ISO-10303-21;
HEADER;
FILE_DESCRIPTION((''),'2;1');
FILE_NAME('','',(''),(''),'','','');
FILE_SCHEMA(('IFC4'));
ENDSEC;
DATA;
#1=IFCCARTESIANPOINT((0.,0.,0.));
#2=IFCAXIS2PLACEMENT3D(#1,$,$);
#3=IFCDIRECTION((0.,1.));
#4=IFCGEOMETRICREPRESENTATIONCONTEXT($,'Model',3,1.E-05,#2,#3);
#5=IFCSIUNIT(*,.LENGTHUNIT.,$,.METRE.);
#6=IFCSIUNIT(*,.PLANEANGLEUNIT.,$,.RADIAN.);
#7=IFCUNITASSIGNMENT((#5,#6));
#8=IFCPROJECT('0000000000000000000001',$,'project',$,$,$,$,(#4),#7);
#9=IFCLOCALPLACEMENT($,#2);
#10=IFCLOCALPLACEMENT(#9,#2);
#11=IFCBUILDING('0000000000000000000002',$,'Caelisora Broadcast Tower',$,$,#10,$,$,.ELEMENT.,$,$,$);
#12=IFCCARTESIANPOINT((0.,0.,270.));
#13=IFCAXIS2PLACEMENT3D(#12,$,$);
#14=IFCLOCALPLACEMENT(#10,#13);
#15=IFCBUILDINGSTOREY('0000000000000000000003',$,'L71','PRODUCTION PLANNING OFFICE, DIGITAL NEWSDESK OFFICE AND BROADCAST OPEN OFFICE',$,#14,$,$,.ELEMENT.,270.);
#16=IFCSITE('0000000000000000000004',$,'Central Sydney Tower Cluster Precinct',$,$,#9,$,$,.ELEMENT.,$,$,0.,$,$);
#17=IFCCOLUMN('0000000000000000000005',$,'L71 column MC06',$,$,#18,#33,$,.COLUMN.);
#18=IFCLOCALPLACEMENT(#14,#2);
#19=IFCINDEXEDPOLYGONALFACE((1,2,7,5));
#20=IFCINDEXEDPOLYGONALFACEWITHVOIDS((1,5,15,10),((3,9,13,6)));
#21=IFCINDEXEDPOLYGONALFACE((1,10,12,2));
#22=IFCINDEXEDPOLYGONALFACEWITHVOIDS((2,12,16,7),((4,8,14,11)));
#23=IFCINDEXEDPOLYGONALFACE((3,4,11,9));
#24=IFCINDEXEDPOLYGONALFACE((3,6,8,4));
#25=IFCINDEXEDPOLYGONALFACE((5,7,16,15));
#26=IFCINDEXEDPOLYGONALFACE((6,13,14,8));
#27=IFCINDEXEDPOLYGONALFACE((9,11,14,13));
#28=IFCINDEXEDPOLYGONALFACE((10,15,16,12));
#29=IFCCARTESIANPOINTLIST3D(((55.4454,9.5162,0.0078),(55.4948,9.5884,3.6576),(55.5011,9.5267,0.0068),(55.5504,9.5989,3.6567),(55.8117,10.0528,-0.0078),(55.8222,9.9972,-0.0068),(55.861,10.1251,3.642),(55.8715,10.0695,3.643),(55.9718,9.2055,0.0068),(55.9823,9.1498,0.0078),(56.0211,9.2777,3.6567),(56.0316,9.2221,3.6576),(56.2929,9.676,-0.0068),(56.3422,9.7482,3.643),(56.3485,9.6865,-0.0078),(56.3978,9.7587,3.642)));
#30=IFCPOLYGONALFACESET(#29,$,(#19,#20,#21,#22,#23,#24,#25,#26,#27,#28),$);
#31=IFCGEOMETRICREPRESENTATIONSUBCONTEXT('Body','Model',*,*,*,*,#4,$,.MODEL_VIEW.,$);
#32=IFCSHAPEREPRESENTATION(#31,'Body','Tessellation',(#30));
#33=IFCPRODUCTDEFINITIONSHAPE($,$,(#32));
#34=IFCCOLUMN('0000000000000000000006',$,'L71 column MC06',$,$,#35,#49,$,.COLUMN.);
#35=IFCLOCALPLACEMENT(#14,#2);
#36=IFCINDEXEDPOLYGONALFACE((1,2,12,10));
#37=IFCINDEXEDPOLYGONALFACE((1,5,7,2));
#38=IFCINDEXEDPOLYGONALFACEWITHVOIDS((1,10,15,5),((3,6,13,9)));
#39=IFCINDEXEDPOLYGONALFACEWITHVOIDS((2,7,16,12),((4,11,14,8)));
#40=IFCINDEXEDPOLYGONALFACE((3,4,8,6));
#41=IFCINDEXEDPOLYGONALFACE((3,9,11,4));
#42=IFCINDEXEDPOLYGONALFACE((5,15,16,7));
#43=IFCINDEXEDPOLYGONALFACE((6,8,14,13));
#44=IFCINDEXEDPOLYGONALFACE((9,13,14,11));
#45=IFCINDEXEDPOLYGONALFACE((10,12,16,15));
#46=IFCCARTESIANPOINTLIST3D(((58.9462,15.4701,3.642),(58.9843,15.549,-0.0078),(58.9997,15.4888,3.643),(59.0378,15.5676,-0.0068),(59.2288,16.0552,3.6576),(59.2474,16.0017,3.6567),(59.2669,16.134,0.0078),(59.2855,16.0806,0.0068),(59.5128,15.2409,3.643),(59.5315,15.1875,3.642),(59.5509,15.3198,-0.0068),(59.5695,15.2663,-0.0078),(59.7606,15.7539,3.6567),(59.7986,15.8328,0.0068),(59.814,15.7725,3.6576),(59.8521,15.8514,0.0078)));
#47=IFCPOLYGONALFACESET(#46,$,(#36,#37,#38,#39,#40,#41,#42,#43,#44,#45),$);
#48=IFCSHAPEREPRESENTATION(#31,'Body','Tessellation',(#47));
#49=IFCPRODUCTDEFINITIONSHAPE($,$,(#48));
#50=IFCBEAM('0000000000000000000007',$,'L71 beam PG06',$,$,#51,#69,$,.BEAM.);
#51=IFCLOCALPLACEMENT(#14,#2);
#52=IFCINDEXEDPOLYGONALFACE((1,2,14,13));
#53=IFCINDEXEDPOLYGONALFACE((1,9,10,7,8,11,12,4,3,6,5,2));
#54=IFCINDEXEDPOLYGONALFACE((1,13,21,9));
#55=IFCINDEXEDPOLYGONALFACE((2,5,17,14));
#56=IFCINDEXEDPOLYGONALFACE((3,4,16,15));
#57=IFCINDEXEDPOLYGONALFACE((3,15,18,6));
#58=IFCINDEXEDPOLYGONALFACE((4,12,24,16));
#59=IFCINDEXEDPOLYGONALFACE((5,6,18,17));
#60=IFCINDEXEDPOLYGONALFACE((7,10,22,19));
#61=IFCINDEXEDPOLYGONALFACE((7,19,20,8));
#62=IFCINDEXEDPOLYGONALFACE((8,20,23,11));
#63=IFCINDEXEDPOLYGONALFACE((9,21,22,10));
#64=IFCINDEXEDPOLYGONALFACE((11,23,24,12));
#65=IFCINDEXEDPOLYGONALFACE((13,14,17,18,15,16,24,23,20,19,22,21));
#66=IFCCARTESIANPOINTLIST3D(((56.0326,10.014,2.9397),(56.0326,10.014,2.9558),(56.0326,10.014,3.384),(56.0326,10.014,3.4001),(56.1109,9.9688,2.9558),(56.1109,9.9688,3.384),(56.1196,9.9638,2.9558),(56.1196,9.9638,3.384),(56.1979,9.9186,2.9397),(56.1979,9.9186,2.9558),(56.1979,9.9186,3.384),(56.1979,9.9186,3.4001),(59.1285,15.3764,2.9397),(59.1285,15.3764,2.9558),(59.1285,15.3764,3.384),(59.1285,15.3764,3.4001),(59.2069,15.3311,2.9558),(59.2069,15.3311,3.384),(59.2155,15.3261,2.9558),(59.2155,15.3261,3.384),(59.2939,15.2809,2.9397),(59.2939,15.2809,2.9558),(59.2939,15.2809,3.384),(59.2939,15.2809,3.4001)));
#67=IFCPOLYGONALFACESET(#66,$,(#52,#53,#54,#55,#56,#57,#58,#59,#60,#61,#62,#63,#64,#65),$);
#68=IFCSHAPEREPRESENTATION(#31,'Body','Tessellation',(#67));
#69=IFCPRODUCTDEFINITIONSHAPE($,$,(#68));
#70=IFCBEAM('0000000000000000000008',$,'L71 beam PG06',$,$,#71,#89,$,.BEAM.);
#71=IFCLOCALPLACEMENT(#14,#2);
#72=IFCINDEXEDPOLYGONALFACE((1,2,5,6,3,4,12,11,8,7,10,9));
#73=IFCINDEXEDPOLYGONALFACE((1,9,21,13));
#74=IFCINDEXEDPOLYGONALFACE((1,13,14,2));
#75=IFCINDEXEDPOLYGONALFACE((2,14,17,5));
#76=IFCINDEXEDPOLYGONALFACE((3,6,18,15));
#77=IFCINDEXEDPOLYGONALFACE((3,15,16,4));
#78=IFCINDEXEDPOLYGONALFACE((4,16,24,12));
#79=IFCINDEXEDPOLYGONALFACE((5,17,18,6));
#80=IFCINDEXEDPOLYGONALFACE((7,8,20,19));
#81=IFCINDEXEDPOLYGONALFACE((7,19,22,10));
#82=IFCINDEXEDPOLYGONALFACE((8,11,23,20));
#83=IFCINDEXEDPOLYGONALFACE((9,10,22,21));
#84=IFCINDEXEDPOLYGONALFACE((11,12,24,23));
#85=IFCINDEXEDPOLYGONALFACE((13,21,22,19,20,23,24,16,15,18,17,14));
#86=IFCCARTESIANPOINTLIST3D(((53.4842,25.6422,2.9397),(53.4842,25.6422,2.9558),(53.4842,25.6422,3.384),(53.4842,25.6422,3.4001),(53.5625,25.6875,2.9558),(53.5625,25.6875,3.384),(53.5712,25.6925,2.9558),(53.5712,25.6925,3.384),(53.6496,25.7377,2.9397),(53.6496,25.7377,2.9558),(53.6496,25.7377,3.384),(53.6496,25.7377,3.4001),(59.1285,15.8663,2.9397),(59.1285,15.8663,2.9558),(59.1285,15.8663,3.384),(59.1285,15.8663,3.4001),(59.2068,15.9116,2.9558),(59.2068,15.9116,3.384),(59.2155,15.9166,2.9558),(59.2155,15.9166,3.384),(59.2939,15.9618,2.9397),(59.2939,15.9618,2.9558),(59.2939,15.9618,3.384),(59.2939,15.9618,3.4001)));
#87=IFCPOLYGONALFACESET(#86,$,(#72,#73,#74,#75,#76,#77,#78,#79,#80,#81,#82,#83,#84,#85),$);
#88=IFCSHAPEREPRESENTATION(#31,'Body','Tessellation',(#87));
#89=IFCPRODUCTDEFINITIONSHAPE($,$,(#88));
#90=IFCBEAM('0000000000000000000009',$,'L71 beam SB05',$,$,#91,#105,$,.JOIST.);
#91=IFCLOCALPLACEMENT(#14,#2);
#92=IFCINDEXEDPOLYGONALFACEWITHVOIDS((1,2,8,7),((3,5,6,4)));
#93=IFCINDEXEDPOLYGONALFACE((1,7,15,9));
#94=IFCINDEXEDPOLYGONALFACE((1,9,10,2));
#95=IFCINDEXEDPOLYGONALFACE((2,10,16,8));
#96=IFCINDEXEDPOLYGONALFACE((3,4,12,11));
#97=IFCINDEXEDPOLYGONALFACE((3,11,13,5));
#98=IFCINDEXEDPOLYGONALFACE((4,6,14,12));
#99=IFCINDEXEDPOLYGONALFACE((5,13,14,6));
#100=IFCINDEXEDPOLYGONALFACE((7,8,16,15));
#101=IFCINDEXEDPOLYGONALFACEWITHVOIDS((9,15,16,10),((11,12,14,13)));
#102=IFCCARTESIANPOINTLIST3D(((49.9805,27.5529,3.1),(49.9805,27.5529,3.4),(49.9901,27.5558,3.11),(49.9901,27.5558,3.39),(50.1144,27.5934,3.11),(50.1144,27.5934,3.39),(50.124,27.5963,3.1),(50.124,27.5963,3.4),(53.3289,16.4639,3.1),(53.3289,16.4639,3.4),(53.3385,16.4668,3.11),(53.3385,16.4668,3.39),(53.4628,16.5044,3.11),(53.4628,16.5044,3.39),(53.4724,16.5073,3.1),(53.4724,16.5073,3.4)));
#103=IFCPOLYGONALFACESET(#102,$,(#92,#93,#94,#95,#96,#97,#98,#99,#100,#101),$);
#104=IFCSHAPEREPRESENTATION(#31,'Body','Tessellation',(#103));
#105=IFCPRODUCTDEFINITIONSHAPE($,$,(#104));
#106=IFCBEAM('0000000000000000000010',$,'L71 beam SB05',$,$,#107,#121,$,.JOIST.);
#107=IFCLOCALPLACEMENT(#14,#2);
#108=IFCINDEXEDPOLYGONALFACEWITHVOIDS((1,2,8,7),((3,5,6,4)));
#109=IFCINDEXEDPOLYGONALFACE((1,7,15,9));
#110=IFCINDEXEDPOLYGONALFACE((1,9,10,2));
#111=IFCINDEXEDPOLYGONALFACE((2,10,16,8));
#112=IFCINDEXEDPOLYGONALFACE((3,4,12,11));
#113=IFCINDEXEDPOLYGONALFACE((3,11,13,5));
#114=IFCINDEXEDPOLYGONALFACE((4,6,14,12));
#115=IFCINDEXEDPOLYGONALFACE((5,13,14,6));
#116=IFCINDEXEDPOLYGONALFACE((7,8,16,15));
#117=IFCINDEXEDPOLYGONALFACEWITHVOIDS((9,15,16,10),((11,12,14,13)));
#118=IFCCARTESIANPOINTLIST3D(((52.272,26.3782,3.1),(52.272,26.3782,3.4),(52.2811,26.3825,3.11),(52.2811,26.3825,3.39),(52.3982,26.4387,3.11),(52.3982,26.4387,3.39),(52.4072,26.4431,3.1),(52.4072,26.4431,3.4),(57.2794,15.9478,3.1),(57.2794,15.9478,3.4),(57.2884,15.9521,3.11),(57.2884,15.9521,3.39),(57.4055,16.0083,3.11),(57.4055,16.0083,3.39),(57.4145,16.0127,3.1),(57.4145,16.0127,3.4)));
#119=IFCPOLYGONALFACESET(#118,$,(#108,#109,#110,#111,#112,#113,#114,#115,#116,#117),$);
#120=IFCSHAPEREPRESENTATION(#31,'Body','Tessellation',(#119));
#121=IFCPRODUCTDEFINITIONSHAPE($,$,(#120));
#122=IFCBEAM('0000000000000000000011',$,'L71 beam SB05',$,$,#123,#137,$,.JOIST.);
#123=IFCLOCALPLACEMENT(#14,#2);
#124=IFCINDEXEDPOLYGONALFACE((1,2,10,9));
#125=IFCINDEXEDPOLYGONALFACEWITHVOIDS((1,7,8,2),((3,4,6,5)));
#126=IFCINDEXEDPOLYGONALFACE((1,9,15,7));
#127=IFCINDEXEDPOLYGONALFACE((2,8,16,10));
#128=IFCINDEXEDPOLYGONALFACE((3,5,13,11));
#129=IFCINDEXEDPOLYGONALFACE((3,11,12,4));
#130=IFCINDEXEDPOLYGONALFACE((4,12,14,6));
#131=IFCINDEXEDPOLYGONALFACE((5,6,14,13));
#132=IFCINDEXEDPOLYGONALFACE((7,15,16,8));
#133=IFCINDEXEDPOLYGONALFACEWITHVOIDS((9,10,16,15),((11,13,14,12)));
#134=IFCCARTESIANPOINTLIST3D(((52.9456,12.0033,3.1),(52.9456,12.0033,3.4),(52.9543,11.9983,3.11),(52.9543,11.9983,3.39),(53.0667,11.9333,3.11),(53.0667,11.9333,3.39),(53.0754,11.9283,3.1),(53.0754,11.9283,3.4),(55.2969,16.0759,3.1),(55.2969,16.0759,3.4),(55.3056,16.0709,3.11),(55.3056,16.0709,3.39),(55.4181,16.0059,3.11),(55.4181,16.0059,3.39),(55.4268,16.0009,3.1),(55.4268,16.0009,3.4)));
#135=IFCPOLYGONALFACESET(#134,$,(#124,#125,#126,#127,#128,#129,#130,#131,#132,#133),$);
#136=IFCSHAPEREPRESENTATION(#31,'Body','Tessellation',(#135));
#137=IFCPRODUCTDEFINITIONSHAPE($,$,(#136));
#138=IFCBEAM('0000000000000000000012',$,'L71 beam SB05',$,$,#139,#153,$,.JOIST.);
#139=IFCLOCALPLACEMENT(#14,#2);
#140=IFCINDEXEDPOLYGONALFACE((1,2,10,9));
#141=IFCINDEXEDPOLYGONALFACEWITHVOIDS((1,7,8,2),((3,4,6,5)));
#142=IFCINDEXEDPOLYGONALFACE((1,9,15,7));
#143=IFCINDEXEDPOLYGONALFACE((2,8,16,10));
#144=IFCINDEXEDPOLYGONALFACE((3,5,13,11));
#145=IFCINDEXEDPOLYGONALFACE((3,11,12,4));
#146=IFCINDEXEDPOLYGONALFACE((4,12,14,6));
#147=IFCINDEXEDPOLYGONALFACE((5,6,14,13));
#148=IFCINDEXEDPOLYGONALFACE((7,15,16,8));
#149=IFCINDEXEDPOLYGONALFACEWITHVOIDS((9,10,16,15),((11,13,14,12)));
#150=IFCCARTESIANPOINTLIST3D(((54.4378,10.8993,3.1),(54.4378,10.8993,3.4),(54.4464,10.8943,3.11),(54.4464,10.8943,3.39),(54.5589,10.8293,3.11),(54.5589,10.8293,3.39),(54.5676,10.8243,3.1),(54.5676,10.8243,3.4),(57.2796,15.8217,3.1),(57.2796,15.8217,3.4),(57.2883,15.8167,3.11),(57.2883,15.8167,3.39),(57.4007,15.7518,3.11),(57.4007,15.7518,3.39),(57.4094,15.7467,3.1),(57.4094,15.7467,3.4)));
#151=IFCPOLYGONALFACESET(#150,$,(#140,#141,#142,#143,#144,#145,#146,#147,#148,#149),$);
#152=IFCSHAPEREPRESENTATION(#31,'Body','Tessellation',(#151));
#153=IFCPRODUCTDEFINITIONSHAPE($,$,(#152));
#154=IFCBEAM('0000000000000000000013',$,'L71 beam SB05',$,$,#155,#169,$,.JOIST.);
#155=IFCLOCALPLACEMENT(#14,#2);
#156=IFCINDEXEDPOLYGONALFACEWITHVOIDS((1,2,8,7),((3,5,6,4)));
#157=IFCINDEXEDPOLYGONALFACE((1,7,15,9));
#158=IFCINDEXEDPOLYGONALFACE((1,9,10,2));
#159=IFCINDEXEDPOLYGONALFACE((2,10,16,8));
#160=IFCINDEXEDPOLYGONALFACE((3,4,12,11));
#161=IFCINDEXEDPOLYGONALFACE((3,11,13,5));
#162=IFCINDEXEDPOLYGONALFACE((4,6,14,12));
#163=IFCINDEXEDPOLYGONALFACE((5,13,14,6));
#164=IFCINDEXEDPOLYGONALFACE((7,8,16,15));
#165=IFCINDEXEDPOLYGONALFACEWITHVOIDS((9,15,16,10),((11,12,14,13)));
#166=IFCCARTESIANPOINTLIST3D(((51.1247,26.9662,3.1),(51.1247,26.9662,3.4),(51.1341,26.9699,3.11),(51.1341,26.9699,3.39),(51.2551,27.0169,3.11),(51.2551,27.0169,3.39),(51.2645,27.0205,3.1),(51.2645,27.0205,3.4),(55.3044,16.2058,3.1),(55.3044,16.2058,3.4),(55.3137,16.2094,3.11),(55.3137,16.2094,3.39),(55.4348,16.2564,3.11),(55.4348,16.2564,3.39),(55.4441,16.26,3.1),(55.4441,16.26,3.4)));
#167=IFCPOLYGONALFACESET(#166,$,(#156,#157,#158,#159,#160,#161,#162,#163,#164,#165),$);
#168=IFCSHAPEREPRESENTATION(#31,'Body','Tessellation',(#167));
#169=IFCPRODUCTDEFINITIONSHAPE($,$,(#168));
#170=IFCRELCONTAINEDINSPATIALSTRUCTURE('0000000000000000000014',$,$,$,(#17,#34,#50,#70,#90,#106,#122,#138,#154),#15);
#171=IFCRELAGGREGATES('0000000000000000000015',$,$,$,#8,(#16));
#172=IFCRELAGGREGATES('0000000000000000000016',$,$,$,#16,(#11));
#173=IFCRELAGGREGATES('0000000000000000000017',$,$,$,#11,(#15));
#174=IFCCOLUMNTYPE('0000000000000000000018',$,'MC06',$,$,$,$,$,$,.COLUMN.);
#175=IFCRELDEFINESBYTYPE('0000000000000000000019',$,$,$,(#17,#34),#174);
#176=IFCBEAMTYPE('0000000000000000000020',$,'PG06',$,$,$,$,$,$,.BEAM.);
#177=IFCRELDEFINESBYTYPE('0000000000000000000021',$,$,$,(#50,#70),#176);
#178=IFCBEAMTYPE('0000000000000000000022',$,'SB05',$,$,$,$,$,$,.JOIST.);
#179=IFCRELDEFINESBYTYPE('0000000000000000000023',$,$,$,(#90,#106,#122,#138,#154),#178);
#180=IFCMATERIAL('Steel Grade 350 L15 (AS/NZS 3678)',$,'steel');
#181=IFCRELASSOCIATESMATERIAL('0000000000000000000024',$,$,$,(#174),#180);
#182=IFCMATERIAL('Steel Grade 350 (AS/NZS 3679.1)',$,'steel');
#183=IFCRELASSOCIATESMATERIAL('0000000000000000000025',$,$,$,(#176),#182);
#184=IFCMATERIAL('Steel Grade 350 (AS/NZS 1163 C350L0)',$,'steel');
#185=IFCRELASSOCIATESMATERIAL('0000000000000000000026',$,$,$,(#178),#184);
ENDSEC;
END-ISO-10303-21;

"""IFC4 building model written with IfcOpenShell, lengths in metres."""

from ifc_helpers import new_model, si_unit, direction, frame, origin, origin_2d, place, context, subcontext, project, spatial, hollow_rectangle, i_section, extrude, source, transform, mapped, material, material_profile, profile_set, type_object, type_shapes, element, save


model = new_model("IFC4")

# Units and contexts
model_context = context("Model", 3, precision=1e-05, world=origin(), true_north=direction((0.0, 1.0)))
body_context = subcontext(model_context, "Body", "Model", "MODEL_VIEW")
ifc_project = project(units=[si_unit("LENGTHUNIT", "METRE"), si_unit("PLANEANGLEUNIT", "RADIAN")], contexts=[model_context])

# Site, building, storey
site_placement = place(None, origin())
site = spatial("IfcSite", under=ifc_project, at=site_placement, Name="Central Sydney Tower Cluster Precinct", CompositionType="ELEMENT", RefElevation=0.0)
building_placement = place(site_placement, origin())
building = spatial("IfcBuilding", under=site, at=building_placement, Name="Caelisora Broadcast Tower", CompositionType="ELEMENT")
storey_placement = place(building_placement, frame((0.0, 0.0, 270.0)))
storey = spatial("IfcBuildingStorey", under=building, at=storey_placement, Name="L71", Description="PRODUCTION PLANNING OFFICE, DIGITAL NEWSDESK OFFICE AND BROADCAST OPEN OFFICE", CompositionType="ELEMENT", Elevation=270.0)

# Columns
ifc_material_1 = material(Name="Steel Grade 350 L15 (AS/NZS 3678)", Category="steel")
ifc_material_profile_1 = material_profile(ifc_material_1, hollow_rectangle(XDim=0.6499, YDim=0.6499, WallThickness=0.04, at=origin_2d()), Name="Steel Grade 350 L15 (AS/NZS 3678)")
ifc_profile_set_1 = profile_set([ifc_material_profile_1], Name="Steel Grade 350 L15 (AS/NZS 3678)")
column_type = type_object("IfcColumnType", Name="MC06", PredefinedType="COLUMN", material=ifc_profile_set_1)
shared_shape_1 = source(origin(), body_context, "Body", "SweptSolid", [
    extrude(hollow_rectangle(XDim=0.6499, YDim=0.6499, WallThickness=0.04, at=origin_2d()), origin(), (0.0, 0.0, 1.0), 3.6509),
])
type_shapes(column_type, [shared_shape_1])
for number, where, z_axis, x_axis, name in (
    (1, (55.897, 9.6013, 0.0), (0.013508, 0.019794, 0.999713), (-0.825991, 0.563683, 0.0), "L71 column MC06"),
    (2, (59.4182, 15.7002, 0.0), (-0.010432, -0.021599, 0.999712), (0.900476, -0.434905, 0.0), "L71 column MC06"),
):
    element("IfcColumn", number, at=place(storey_placement, frame(where, z_axis=z_axis, x_axis=x_axis)), inside=storey, type_object=column_type, Name=name, PredefinedType="COLUMN", context=body_context, shape_type="MappedRepresentation", body=[
        mapped(shared_shape_1, transform((0.0, 0.0, 0.0), scale=1.0)),
    ])

# Beams
ifc_material_2 = material(Name="Steel Grade 350 (AS/NZS 3679.1)", Category="steel")
ifc_material_profile_2 = material_profile(ifc_material_2, i_section(OverallWidth=0.1909, OverallDepth=0.4604, WebThickness=0.01, FlangeThickness=0.0161, at=origin_2d()), Name="Steel Grade 350 (AS/NZS 3679.1)")
ifc_profile_set_2 = profile_set([ifc_material_profile_2], Name="Steel Grade 350 (AS/NZS 3679.1)")
beam_type_1 = type_object("IfcBeamType", Name="PG06", PredefinedType="BEAM", material=ifc_profile_set_2)
shared_shape_2 = source(origin(), body_context, "Body", "SweptSolid", [
    extrude(i_section(OverallWidth=0.1909, OverallDepth=0.4604, WebThickness=0.01, FlangeThickness=0.0161, at=origin_2d()), origin(), (0.0, 0.0, 1.0), 6.1919),
])
beam_1_placement = place(storey_placement, frame((56.1152, 9.9663, 3.1699), z_axis=(0.500002, 0.866024, 0.0), x_axis=(-0.866024, 0.500002, 0.0)))
element("IfcBeam", 3, at=beam_1_placement, inside=storey, type_object=beam_type_1, Name="L71 beam PG06", PredefinedType="BEAM", context=body_context, shape_type="MappedRepresentation", body=[
    mapped(shared_shape_2, transform((0.0, 0.0, 0.0), scale=1.0)),
])
shared_shape_3 = source(origin(), body_context, "Body", "SweptSolid", [
    extrude(i_section(OverallWidth=0.1909, OverallDepth=0.4604, WebThickness=0.01, FlangeThickness=0.0161, at=origin_2d()), origin(), (0.0, 0.0, 1.0), 11.2883),
])
type_shapes(beam_type_1, [shared_shape_2, shared_shape_3])
beam_2_placement = place(storey_placement, frame((59.2112, 15.9141, 3.1699), z_axis=(-0.500012, 0.866018, 0.0), x_axis=(-0.866018, -0.500012, 0.0)))
element("IfcBeam", 4, at=beam_2_placement, inside=storey, type_object=beam_type_1, Name="L71 beam PG06", PredefinedType="BEAM", context=body_context, shape_type="MappedRepresentation", body=[
    mapped(shared_shape_3, transform((0.0, 0.0, 0.0), scale=1.0)),
])
ifc_material_3 = material(Name="Steel Grade 350 (AS/NZS 1163 C350L0)", Category="steel")
ifc_material_profile_3 = material_profile(ifc_material_3, hollow_rectangle(XDim=0.1499, YDim=0.3, WallThickness=0.01, at=origin_2d()), Name="Steel Grade 350 (AS/NZS 1163 C350L0)")
ifc_profile_set_3 = profile_set([ifc_material_profile_3], Name="Steel Grade 350 (AS/NZS 1163 C350L0)")
beam_type_2 = type_object("IfcBeamType", Name="SB05", PredefinedType="JOIST", material=ifc_profile_set_3)
shared_shape_4 = source(origin(), body_context, "Body", "SweptSolid", [
    extrude(hollow_rectangle(XDim=0.1499, YDim=0.3, WallThickness=0.01, at=origin_2d()), origin(), (0.0, 0.0, 1.0), 11.5835),
])
beam_3_placement = place(storey_placement, frame((53.4006, 16.4856, 3.25), z_axis=(-0.289063, 0.95731, 0.0), x_axis=(-0.95731, -0.289063, 0.0)))
element("IfcBeam", 5, at=beam_3_placement, inside=storey, type_object=beam_type_2, Name="L71 beam SB05", PredefinedType="JOIST", context=body_context, shape_type="MappedRepresentation", body=[
    mapped(shared_shape_4, transform((0.0, 0.0, 0.0), scale=1.0)),
])
shared_shape_5 = source(origin(), body_context, "Body", "SweptSolid", [
    extrude(hollow_rectangle(XDim=0.1499, YDim=0.3, WallThickness=0.01, at=origin_2d()), origin(), (0.0, 0.0, 1.0), 11.5701),
])
beam_4_placement = place(storey_placement, frame((57.3469, 15.9802, 3.25), z_axis=(-0.432782, 0.901499, 0.0), x_axis=(-0.901499, -0.432782, 0.0)))
element("IfcBeam", 6, at=beam_4_placement, inside=storey, type_object=beam_type_2, Name="L71 beam SB05", PredefinedType="JOIST", context=body_context, shape_type="MappedRepresentation", body=[
    mapped(shared_shape_5, transform((0.0, 0.0, 0.0), scale=1.0)),
])
shared_shape_6 = source(origin(), body_context, "Body", "SweptSolid", [
    extrude(hollow_rectangle(XDim=0.1499, YDim=0.3, WallThickness=0.01, at=origin_2d()), origin(), (0.0, 0.0, 1.0), 4.7026),
])
beam_5_placement = place(storey_placement, frame((53.0105, 11.9658, 3.25), z_axis=(0.500009, 0.86602, 0.0), x_axis=(-0.86602, 0.500009, 0.0)))
element("IfcBeam", 7, at=beam_5_placement, inside=storey, type_object=beam_type_2, Name="L71 beam SB05", PredefinedType="JOIST", context=body_context, shape_type="MappedRepresentation", body=[
    mapped(shared_shape_6, transform((0.0, 0.0, 0.0), scale=1.0)),
])
shared_shape_7 = source(origin(), body_context, "Body", "SweptSolid", [
    extrude(hollow_rectangle(XDim=0.1499, YDim=0.3, WallThickness=0.01, at=origin_2d()), origin(), (0.0, 0.0, 1.0), 5.6838),
])
beam_6_placement = place(storey_placement, frame((54.5027, 10.8618, 3.25), z_axis=(0.499983, 0.866035, 0.0), x_axis=(-0.866035, 0.499983, 0.0)))
element("IfcBeam", 8, at=beam_6_placement, inside=storey, type_object=beam_type_2, Name="L71 beam SB05", PredefinedType="JOIST", context=body_context, shape_type="MappedRepresentation", body=[
    mapped(shared_shape_7, transform((0.0, 0.0, 0.0), scale=1.0)),
])
shared_shape_8 = source(origin(), body_context, "Body", "SweptSolid", [
    extrude(hollow_rectangle(XDim=0.1499, YDim=0.3, WallThickness=0.01, at=origin_2d()), origin(), (0.0, 0.0, 1.0), 11.5437),
])
type_shapes(beam_type_2, [shared_shape_4, shared_shape_5, shared_shape_6, shared_shape_7, shared_shape_8])
beam_7_placement = place(storey_placement, frame((55.3743, 16.2329, 3.25), z_axis=(-0.362074, 0.932149, 0.0), x_axis=(-0.932149, -0.362074, 0.0)))
element("IfcBeam", 9, at=beam_7_placement, inside=storey, type_object=beam_type_2, Name="L71 beam SB05", PredefinedType="JOIST", context=body_context, shape_type="MappedRepresentation", body=[
    mapped(shared_shape_8, transform((0.0, 0.0, 0.0), scale=1.0)),
])

save(model, "model.ifc")
